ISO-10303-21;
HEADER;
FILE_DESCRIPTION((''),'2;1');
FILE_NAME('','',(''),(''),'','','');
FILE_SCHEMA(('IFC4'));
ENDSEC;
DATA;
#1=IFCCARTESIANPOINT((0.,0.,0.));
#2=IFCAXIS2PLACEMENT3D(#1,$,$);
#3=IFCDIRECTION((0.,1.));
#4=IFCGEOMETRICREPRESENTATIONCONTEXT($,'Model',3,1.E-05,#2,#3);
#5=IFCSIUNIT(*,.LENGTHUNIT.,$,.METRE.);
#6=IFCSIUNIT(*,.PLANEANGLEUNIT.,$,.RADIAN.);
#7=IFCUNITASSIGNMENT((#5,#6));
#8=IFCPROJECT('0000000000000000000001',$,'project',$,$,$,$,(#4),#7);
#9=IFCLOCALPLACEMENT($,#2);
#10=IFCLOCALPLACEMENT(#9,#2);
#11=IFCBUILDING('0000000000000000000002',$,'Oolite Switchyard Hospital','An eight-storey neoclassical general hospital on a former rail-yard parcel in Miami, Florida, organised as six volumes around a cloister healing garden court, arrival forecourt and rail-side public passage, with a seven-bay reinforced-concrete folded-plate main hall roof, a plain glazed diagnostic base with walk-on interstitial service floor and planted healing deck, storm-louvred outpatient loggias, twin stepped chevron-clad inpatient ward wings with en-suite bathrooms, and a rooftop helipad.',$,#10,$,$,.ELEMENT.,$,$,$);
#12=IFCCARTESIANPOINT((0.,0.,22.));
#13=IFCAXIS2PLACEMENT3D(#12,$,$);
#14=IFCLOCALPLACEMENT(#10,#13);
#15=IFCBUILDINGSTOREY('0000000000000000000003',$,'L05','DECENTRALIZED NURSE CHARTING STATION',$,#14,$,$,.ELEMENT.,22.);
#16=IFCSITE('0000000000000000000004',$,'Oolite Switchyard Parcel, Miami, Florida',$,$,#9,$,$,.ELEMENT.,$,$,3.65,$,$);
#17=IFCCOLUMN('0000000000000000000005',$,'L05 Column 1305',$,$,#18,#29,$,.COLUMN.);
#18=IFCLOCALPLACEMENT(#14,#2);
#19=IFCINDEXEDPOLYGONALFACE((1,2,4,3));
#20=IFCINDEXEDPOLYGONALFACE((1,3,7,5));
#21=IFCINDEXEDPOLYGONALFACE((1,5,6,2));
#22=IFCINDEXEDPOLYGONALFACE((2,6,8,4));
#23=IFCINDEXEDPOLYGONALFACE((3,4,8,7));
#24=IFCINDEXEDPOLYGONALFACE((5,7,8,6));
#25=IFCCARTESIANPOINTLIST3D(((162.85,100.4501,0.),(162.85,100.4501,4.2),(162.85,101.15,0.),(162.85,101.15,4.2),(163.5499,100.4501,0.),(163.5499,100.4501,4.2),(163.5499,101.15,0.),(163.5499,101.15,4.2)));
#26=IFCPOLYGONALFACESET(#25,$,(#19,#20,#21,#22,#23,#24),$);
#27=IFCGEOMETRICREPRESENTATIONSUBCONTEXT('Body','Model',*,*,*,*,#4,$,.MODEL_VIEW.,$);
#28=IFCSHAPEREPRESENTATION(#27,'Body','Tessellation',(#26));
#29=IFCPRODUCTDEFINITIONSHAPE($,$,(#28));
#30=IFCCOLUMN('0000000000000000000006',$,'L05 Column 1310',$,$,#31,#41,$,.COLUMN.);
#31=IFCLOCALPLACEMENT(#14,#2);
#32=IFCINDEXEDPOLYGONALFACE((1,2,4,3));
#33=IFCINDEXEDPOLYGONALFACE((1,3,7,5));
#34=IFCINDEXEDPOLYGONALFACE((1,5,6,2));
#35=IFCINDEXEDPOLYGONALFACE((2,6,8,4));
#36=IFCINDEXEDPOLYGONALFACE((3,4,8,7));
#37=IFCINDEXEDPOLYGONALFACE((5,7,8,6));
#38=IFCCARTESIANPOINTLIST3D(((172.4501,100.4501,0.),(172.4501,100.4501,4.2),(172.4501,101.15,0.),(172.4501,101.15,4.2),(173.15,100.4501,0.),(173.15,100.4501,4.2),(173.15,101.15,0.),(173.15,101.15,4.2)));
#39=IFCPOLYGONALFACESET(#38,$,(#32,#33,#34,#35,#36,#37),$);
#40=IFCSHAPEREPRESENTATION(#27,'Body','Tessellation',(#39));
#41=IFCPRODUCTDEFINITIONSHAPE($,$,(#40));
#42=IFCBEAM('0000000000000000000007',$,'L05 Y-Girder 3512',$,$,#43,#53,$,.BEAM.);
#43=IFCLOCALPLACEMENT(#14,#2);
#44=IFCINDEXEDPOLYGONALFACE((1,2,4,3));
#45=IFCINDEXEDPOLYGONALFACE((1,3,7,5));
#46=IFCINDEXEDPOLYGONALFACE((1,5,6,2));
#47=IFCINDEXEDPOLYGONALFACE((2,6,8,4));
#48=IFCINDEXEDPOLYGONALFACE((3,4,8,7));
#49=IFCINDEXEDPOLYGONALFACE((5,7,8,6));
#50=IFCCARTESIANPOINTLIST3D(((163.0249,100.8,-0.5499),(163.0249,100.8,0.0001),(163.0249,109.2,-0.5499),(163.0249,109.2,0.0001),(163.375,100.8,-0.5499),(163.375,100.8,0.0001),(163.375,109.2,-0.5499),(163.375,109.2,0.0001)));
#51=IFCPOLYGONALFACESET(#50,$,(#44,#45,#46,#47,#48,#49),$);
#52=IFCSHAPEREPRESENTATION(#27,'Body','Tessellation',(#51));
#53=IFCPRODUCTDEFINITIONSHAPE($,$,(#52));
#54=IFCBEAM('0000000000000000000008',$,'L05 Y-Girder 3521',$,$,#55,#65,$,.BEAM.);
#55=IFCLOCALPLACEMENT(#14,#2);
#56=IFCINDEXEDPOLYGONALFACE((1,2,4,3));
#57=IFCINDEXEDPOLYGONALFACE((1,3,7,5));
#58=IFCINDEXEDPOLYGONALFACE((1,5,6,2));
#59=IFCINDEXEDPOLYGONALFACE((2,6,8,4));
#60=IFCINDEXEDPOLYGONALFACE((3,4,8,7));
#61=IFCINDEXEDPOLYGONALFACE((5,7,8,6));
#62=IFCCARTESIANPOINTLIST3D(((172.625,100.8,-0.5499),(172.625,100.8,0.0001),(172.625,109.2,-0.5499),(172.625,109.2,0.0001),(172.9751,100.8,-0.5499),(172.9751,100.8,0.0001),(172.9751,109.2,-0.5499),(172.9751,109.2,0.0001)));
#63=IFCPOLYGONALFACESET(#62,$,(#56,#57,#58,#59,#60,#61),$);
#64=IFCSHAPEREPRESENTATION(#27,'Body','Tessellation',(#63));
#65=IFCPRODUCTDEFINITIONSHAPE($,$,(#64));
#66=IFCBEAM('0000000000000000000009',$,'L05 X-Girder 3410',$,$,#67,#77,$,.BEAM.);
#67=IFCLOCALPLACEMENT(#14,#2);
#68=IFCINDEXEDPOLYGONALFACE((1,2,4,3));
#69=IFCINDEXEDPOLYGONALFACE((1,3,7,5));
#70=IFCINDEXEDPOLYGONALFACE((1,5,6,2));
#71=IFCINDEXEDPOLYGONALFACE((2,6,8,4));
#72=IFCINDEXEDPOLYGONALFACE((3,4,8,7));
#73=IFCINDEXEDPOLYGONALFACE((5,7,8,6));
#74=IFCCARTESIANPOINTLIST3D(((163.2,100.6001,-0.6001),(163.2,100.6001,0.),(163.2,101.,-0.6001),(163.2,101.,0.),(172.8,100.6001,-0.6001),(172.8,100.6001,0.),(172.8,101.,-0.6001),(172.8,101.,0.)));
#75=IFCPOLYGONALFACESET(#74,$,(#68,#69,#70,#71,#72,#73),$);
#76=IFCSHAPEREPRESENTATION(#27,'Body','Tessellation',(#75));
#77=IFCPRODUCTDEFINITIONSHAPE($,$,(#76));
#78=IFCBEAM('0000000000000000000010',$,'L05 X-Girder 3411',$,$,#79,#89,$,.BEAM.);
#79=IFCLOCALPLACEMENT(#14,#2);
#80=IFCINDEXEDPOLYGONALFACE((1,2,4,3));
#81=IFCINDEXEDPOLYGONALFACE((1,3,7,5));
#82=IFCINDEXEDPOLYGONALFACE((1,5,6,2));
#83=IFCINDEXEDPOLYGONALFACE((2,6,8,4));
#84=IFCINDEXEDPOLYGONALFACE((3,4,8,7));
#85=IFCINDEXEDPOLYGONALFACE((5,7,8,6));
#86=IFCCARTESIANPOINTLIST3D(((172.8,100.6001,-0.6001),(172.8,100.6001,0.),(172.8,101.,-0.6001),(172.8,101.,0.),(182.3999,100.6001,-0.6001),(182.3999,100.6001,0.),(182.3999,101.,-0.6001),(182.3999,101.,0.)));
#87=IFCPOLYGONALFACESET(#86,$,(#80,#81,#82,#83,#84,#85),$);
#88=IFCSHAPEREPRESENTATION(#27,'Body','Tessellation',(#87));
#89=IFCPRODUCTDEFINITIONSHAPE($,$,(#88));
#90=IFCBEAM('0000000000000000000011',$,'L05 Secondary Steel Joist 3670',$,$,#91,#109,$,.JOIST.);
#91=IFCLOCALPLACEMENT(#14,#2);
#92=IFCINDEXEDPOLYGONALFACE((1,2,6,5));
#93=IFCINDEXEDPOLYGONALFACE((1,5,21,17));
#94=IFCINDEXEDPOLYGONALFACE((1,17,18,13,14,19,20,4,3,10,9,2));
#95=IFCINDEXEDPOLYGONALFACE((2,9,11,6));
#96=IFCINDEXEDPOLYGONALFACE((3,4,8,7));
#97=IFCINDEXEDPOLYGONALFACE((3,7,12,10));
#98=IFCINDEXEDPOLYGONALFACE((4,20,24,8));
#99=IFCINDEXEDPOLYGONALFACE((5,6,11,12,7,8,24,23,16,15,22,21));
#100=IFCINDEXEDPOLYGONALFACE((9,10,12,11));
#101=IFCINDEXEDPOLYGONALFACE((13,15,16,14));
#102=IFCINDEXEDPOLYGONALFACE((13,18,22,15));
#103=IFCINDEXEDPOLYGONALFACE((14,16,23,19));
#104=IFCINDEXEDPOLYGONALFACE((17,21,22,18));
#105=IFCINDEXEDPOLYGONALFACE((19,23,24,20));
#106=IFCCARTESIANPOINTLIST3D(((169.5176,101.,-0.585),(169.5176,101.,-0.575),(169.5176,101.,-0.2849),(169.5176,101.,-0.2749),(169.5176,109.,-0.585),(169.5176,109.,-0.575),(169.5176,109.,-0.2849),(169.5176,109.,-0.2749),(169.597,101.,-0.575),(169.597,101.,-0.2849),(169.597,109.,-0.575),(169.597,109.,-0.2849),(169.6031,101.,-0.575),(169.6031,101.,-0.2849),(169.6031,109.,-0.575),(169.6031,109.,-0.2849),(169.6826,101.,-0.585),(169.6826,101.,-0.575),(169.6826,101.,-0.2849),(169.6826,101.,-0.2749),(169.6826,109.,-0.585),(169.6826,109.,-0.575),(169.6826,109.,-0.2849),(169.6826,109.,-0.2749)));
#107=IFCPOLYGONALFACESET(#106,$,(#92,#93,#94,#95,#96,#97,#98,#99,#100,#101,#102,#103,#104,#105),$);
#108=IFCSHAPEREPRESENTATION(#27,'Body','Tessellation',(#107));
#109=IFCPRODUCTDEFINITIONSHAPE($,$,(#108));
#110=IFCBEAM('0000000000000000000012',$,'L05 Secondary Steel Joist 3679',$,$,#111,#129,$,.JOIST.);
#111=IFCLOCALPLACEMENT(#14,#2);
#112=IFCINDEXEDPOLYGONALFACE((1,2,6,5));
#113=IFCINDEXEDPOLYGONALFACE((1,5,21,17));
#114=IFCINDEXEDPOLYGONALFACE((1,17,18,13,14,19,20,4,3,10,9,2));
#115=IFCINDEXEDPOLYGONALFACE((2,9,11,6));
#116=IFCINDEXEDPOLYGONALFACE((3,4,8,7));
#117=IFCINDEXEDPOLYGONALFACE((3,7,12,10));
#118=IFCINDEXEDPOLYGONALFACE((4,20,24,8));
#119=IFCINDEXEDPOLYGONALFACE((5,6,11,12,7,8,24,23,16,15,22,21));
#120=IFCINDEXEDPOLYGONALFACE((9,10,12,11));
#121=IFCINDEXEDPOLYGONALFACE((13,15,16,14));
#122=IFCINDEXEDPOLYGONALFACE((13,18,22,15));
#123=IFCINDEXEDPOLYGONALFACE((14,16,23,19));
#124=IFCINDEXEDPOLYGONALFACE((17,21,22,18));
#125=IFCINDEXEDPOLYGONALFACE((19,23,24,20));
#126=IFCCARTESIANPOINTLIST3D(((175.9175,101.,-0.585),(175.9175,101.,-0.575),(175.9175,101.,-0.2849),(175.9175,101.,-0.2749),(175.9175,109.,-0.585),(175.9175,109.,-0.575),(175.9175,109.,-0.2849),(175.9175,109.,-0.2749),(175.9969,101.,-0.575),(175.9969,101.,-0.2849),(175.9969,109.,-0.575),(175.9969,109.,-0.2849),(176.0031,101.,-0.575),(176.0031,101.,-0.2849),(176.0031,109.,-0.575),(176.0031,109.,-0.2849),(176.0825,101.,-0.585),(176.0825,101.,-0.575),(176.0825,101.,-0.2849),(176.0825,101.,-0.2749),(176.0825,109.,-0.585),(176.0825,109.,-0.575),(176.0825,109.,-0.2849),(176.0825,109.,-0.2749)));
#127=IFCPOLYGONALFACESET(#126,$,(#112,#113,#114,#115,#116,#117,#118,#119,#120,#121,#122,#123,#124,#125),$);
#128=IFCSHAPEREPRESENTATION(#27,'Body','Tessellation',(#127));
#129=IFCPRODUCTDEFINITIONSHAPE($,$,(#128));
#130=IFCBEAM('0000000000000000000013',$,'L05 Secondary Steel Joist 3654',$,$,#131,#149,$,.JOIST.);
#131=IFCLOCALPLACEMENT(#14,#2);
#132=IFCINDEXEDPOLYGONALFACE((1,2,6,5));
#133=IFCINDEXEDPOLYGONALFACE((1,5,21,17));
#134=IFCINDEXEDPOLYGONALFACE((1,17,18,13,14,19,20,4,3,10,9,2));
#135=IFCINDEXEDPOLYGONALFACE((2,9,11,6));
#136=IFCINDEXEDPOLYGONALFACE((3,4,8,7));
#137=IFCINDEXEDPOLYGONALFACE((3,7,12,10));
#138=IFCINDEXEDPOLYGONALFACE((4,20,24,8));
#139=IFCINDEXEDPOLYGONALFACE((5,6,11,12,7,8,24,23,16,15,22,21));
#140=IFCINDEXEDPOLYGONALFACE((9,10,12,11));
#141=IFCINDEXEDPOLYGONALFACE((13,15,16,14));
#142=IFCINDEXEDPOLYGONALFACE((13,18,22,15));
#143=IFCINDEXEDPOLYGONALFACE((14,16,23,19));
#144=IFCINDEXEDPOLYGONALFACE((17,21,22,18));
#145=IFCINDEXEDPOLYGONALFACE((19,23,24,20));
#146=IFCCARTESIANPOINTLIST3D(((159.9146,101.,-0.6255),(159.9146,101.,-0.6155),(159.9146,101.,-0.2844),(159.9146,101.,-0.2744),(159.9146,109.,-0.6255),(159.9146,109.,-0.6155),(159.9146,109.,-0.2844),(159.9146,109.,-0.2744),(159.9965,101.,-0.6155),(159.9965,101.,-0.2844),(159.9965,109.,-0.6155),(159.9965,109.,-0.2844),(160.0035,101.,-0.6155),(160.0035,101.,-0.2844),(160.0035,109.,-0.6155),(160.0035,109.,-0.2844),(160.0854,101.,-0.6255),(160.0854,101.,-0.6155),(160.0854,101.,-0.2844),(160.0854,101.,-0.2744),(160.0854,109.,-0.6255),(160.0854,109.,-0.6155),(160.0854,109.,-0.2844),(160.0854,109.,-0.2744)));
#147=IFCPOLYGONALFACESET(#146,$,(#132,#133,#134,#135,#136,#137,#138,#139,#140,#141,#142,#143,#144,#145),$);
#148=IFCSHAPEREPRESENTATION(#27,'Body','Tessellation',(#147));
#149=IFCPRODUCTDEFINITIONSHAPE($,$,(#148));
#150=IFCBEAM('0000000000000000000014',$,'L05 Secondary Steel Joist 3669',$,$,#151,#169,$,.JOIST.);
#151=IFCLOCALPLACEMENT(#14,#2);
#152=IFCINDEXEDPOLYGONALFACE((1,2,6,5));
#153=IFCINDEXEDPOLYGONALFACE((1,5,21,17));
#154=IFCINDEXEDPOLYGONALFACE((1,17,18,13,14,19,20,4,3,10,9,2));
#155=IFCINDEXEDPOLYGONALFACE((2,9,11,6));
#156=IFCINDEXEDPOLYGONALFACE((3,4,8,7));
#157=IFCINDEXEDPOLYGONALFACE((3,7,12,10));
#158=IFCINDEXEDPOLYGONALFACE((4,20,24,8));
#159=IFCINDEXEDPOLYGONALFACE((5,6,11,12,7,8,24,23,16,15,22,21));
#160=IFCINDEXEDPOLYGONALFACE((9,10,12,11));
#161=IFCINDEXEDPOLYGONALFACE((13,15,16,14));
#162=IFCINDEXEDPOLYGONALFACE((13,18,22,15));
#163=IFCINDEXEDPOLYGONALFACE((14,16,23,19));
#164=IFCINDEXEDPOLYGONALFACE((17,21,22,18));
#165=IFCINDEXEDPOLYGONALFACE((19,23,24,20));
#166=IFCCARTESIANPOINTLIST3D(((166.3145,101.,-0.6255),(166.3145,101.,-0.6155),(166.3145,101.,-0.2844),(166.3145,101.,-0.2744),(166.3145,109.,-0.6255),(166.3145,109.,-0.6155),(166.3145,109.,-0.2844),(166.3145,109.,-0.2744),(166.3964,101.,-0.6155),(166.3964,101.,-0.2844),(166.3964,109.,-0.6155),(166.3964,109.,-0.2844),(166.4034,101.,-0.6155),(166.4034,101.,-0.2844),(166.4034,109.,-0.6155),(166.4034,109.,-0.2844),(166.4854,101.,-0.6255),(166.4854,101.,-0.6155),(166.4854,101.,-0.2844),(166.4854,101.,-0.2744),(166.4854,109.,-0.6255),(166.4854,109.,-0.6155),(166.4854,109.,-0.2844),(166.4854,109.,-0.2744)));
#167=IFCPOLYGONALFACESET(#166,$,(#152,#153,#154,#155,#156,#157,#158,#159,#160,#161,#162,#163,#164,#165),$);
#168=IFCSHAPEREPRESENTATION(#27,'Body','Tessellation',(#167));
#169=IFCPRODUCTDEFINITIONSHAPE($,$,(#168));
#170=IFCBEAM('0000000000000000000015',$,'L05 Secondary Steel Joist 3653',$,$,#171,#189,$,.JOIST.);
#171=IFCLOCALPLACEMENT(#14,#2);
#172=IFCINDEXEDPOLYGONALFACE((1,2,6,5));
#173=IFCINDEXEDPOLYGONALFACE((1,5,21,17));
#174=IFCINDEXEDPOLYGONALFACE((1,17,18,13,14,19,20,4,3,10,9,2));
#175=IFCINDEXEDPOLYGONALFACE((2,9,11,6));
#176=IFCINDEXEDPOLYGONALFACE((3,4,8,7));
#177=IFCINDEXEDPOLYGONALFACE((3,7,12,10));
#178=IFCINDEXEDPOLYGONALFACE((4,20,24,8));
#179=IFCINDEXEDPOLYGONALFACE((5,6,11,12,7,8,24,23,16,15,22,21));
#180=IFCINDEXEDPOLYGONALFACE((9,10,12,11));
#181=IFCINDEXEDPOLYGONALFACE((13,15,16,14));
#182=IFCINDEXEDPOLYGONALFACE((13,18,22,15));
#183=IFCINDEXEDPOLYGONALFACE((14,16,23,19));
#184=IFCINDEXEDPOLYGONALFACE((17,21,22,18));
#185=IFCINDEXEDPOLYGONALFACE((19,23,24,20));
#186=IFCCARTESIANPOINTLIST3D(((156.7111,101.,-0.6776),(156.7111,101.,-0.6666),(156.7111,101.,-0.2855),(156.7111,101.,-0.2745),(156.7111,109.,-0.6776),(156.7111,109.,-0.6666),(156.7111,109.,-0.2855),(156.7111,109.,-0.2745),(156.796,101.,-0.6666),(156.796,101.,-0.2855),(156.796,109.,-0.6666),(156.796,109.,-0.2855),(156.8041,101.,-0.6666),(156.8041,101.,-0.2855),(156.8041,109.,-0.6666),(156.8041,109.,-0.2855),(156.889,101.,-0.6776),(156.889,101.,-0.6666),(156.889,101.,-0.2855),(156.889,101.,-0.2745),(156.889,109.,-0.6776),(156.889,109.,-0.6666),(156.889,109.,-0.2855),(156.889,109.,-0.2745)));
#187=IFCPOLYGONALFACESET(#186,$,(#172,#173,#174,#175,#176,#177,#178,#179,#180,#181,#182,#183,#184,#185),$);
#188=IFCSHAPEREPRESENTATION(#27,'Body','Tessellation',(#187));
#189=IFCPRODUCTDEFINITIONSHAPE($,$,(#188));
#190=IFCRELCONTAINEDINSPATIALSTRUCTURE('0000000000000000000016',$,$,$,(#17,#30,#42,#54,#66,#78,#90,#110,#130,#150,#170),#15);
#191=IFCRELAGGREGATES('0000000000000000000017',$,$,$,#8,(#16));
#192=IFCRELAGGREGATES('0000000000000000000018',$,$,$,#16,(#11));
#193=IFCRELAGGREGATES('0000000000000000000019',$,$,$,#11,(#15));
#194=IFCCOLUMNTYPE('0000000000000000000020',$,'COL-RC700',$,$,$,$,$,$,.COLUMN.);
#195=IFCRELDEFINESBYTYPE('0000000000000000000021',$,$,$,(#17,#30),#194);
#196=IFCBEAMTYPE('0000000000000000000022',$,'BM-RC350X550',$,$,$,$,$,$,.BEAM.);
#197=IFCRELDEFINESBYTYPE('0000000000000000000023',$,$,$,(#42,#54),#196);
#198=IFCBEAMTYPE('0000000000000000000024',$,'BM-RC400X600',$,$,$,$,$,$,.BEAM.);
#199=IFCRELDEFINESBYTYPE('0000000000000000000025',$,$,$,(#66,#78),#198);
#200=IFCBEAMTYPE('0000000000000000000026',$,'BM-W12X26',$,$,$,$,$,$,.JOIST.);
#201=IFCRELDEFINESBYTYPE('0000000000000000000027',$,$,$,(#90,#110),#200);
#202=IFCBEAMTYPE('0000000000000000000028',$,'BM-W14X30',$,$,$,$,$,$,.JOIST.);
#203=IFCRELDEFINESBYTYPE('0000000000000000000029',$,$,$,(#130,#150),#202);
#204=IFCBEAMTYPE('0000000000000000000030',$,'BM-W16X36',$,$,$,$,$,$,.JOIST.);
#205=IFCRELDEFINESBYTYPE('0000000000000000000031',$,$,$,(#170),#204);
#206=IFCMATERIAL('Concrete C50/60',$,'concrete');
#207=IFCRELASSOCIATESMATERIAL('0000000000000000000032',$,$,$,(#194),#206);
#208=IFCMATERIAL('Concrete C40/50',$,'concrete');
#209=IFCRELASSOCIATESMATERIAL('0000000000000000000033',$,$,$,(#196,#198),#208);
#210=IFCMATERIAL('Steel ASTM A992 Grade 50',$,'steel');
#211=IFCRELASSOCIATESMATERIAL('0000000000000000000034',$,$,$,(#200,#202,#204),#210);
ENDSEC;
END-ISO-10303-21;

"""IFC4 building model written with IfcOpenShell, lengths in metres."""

from ifc_helpers import new_model, si_unit, direction, frame, origin, origin_2d, place, context, subcontext, project, spatial, rectangle, i_section, extrude, material, material_profile, profile_set, type_object, element, save


model = new_model("IFC4")

# Units and contexts
model_context = context("Model", 3, precision=1e-05, world=origin(), true_north=direction((0.0, 1.0)))
body_context = subcontext(model_context, "Body", "Model", "MODEL_VIEW")
ifc_project = project(units=[si_unit("LENGTHUNIT", "METRE"), si_unit("PLANEANGLEUNIT", "RADIAN")], contexts=[model_context])

# Site, building, storey
site_placement = place(None, origin())
site = spatial("IfcSite", under=ifc_project, at=site_placement, Name="Oolite Switchyard Parcel, Miami, Florida", CompositionType="ELEMENT", RefElevation=3.65)
building_placement = place(site_placement, origin())
building = spatial("IfcBuilding", under=site, at=building_placement, Name="Oolite Switchyard Hospital", Description="An eight-storey neoclassical general hospital on a former rail-yard parcel in Miami, Florida, organised as six volumes around a cloister healing garden court, arrival forecourt and rail-side public passage, with a seven-bay reinforced-concrete folded-plate main hall roof, a plain glazed diagnostic base with walk-on interstitial service floor and planted healing deck, storm-louvred outpatient loggias, twin stepped chevron-clad inpatient ward wings with en-suite bathrooms, and a rooftop helipad.", CompositionType="ELEMENT")
storey_placement = place(building_placement, frame((0.0, 0.0, 22.0)))
storey = spatial("IfcBuildingStorey", under=building, at=storey_placement, Name="L05", Description="DECENTRALIZED NURSE CHARTING STATION", CompositionType="ELEMENT", Elevation=22.0)

# Columns
ifc_material_1 = material(Name="Concrete C50/60", Category="concrete")
ifc_material_profile_1 = material_profile(ifc_material_1, rectangle(XDim=0.7, YDim=0.7, at=origin_2d()), Name="RC700X700")
ifc_profile_set_1 = profile_set([ifc_material_profile_1], Name="Concrete C50/60")
column_type = type_object("IfcColumnType", Name="COL-RC700", PredefinedType="COLUMN", material=ifc_profile_set_1)
for number, where, z_axis, x_axis, name in (
    (1, (163.2, 100.8, 0.0), (0.0, 0.0, 1.0), (1.0, 0.0, 0.0), "L05 Column 1305"),
    (2, (172.8, 100.8, 0.0), (0.0, 0.0, 1.0), (1.0, 0.0, 0.0), "L05 Column 1310"),
):
    element("IfcColumn", number, at=place(storey_placement, frame(where, z_axis=z_axis, x_axis=x_axis)), inside=storey, type_object=column_type, Name=name, PredefinedType="COLUMN", context=body_context, shape_type="SweptSolid", body=[
        extrude(rectangle(XDim=0.7, YDim=0.7, at=origin_2d()), origin(), (0.0, 0.0, 1.0), 4.2),
    ])

# Beams
ifc_material_2 = material(Name="Concrete C40/50", Category="concrete")
ifc_material_profile_2 = material_profile(ifc_material_2, rectangle(XDim=0.3501, YDim=0.55, at=origin_2d()), Name="RCB350X550")
ifc_profile_set_2 = profile_set([ifc_material_profile_2], Name="Concrete C40/50")
beam_type_1 = type_object("IfcBeamType", Name="BM-RC350X550", PredefinedType="BEAM", material=ifc_profile_set_2)
for number, where, z_axis, x_axis, name in (
    (3, (163.2, 100.8, -0.2749), (0.0, 1.0, 0.0), (-1.0, 0.0, 0.0), "L05 Y-Girder 3512"),
    (4, (172.8, 100.8, -0.2749), (0.0, 1.0, 0.0), (-1.0, 0.0, 0.0), "L05 Y-Girder 3521"),
):
    element("IfcBeam", number, at=place(storey_placement, frame(where, z_axis=z_axis, x_axis=x_axis)), inside=storey, type_object=beam_type_1, Name=name, PredefinedType="BEAM", context=body_context, shape_type="SweptSolid", body=[
        extrude(rectangle(XDim=0.3501, YDim=0.55, at=origin_2d()), origin(), (0.0, 0.0, 1.0), 8.3999),
    ])
ifc_material_profile_3 = material_profile(ifc_material_2, rectangle(XDim=0.3999, YDim=0.6001, at=origin_2d()), Name="RCB400X600")
ifc_profile_set_3 = profile_set([ifc_material_profile_3], Name="Concrete C40/50")
beam_type_2 = type_object("IfcBeamType", Name="BM-RC400X600", PredefinedType="BEAM", material=ifc_profile_set_3)
beam_1_placement = place(storey_placement, frame((163.2, 100.8, -0.3), z_axis=(1.0, 0.0, 0.0), x_axis=(0.0, 1.0, 0.0)))
element("IfcBeam", 5, at=beam_1_placement, inside=storey, type_object=beam_type_2, Name="L05 X-Girder 3410", PredefinedType="BEAM", context=body_context, shape_type="SweptSolid", body=[
    extrude(rectangle(XDim=0.3999, YDim=0.6001, at=origin_2d()), origin(), (0.0, 0.0, 1.0), 9.6001),
])
beam_2_placement = place(storey_placement, frame((172.8, 100.8, -0.3), z_axis=(1.0, 0.0, 0.0), x_axis=(0.0, 1.0, 0.0)))
element("IfcBeam", 6, at=beam_2_placement, inside=storey, type_object=beam_type_2, Name="L05 X-Girder 3411", PredefinedType="BEAM", context=body_context, shape_type="SweptSolid", body=[
    extrude(rectangle(XDim=0.3999, YDim=0.6001, at=origin_2d()), origin(), (0.0, 0.0, 1.0), 9.5999),
])
ifc_material_3 = material(Name="Steel ASTM A992 Grade 50", Category="steel")
ifc_material_profile_4 = material_profile(ifc_material_3, i_section(OverallWidth=0.165, OverallDepth=0.3101, WebThickness=0.0061, FlangeThickness=0.01, at=origin_2d()), Name="W12X26")
ifc_profile_set_4 = profile_set([ifc_material_profile_4], Name="Steel ASTM A992 Grade 50")
beam_type_3 = type_object("IfcBeamType", Name="BM-W12X26", PredefinedType="JOIST", material=ifc_profile_set_4)
for number, where, z_axis, x_axis, name in (
    (7, (169.6001, 101.0, -0.4299), (0.0, 1.0, 0.0), (-1.0, 0.0, 0.0), "L05 Secondary Steel Joist 3670"),
    (8, (176.0, 101.0, -0.4299), (0.0, 1.0, 0.0), (-1.0, 0.0, 0.0), "L05 Secondary Steel Joist 3679"),
):
    element("IfcBeam", number, at=place(storey_placement, frame(where, z_axis=z_axis, x_axis=x_axis)), inside=storey, type_object=beam_type_3, Name=name, PredefinedType="JOIST", context=body_context, shape_type="SweptSolid", body=[
        extrude(i_section(OverallWidth=0.165, OverallDepth=0.3101, WebThickness=0.0061, FlangeThickness=0.01, at=origin_2d()), origin(), (0.0, 0.0, 1.0), 8.0),
    ])
ifc_material_profile_5 = material_profile(ifc_material_3, i_section(OverallWidth=0.1709, OverallDepth=0.3511, WebThickness=0.0071, FlangeThickness=0.01, at=origin_2d()), Name="W14X30")
ifc_profile_set_5 = profile_set([ifc_material_profile_5], Name="Steel ASTM A992 Grade 50")
beam_type_4 = type_object("IfcBeamType", Name="BM-W14X30", PredefinedType="JOIST", material=ifc_profile_set_5)
for number, where, z_axis, x_axis, name in (
    (9, (160.0, 101.0, -0.45), (0.0, 1.0, 0.0), (-1.0, 0.0, 0.0), "L05 Secondary Steel Joist 3654"),
    (10, (166.3999, 101.0, -0.45), (0.0, 1.0, 0.0), (-1.0, 0.0, 0.0), "L05 Secondary Steel Joist 3669"),
):
    element("IfcBeam", number, at=place(storey_placement, frame(where, z_axis=z_axis, x_axis=x_axis)), inside=storey, type_object=beam_type_4, Name=name, PredefinedType="JOIST", context=body_context, shape_type="SweptSolid", body=[
        extrude(i_section(OverallWidth=0.1709, OverallDepth=0.3511, WebThickness=0.0071, FlangeThickness=0.01, at=origin_2d()), origin(), (0.0, 0.0, 1.0), 8.0),
    ])
ifc_material_profile_6 = material_profile(ifc_material_3, i_section(OverallWidth=0.178, OverallDepth=0.4031, WebThickness=0.0081, FlangeThickness=0.011, at=origin_2d()), Name="W16X36")
ifc_profile_set_6 = profile_set([ifc_material_profile_6], Name="Steel ASTM A992 Grade 50")
beam_type_5 = type_object("IfcBeamType", Name="BM-W16X36", PredefinedType="JOIST", material=ifc_profile_set_6)
beam_3_placement = place(storey_placement, frame((156.8, 101.0, -0.4761), z_axis=(0.0, 1.0, 0.0), x_axis=(-1.0, 0.0, 0.0)))
element("IfcBeam", 11, at=beam_3_placement, inside=storey, type_object=beam_type_5, Name="L05 Secondary Steel Joist 3653", PredefinedType="JOIST", context=body_context, shape_type="SweptSolid", body=[
    extrude(i_section(OverallWidth=0.178, OverallDepth=0.4031, WebThickness=0.0081, FlangeThickness=0.011, at=origin_2d()), origin(), (0.0, 0.0, 1.0), 8.0),
])

save(model, "model.ifc")
